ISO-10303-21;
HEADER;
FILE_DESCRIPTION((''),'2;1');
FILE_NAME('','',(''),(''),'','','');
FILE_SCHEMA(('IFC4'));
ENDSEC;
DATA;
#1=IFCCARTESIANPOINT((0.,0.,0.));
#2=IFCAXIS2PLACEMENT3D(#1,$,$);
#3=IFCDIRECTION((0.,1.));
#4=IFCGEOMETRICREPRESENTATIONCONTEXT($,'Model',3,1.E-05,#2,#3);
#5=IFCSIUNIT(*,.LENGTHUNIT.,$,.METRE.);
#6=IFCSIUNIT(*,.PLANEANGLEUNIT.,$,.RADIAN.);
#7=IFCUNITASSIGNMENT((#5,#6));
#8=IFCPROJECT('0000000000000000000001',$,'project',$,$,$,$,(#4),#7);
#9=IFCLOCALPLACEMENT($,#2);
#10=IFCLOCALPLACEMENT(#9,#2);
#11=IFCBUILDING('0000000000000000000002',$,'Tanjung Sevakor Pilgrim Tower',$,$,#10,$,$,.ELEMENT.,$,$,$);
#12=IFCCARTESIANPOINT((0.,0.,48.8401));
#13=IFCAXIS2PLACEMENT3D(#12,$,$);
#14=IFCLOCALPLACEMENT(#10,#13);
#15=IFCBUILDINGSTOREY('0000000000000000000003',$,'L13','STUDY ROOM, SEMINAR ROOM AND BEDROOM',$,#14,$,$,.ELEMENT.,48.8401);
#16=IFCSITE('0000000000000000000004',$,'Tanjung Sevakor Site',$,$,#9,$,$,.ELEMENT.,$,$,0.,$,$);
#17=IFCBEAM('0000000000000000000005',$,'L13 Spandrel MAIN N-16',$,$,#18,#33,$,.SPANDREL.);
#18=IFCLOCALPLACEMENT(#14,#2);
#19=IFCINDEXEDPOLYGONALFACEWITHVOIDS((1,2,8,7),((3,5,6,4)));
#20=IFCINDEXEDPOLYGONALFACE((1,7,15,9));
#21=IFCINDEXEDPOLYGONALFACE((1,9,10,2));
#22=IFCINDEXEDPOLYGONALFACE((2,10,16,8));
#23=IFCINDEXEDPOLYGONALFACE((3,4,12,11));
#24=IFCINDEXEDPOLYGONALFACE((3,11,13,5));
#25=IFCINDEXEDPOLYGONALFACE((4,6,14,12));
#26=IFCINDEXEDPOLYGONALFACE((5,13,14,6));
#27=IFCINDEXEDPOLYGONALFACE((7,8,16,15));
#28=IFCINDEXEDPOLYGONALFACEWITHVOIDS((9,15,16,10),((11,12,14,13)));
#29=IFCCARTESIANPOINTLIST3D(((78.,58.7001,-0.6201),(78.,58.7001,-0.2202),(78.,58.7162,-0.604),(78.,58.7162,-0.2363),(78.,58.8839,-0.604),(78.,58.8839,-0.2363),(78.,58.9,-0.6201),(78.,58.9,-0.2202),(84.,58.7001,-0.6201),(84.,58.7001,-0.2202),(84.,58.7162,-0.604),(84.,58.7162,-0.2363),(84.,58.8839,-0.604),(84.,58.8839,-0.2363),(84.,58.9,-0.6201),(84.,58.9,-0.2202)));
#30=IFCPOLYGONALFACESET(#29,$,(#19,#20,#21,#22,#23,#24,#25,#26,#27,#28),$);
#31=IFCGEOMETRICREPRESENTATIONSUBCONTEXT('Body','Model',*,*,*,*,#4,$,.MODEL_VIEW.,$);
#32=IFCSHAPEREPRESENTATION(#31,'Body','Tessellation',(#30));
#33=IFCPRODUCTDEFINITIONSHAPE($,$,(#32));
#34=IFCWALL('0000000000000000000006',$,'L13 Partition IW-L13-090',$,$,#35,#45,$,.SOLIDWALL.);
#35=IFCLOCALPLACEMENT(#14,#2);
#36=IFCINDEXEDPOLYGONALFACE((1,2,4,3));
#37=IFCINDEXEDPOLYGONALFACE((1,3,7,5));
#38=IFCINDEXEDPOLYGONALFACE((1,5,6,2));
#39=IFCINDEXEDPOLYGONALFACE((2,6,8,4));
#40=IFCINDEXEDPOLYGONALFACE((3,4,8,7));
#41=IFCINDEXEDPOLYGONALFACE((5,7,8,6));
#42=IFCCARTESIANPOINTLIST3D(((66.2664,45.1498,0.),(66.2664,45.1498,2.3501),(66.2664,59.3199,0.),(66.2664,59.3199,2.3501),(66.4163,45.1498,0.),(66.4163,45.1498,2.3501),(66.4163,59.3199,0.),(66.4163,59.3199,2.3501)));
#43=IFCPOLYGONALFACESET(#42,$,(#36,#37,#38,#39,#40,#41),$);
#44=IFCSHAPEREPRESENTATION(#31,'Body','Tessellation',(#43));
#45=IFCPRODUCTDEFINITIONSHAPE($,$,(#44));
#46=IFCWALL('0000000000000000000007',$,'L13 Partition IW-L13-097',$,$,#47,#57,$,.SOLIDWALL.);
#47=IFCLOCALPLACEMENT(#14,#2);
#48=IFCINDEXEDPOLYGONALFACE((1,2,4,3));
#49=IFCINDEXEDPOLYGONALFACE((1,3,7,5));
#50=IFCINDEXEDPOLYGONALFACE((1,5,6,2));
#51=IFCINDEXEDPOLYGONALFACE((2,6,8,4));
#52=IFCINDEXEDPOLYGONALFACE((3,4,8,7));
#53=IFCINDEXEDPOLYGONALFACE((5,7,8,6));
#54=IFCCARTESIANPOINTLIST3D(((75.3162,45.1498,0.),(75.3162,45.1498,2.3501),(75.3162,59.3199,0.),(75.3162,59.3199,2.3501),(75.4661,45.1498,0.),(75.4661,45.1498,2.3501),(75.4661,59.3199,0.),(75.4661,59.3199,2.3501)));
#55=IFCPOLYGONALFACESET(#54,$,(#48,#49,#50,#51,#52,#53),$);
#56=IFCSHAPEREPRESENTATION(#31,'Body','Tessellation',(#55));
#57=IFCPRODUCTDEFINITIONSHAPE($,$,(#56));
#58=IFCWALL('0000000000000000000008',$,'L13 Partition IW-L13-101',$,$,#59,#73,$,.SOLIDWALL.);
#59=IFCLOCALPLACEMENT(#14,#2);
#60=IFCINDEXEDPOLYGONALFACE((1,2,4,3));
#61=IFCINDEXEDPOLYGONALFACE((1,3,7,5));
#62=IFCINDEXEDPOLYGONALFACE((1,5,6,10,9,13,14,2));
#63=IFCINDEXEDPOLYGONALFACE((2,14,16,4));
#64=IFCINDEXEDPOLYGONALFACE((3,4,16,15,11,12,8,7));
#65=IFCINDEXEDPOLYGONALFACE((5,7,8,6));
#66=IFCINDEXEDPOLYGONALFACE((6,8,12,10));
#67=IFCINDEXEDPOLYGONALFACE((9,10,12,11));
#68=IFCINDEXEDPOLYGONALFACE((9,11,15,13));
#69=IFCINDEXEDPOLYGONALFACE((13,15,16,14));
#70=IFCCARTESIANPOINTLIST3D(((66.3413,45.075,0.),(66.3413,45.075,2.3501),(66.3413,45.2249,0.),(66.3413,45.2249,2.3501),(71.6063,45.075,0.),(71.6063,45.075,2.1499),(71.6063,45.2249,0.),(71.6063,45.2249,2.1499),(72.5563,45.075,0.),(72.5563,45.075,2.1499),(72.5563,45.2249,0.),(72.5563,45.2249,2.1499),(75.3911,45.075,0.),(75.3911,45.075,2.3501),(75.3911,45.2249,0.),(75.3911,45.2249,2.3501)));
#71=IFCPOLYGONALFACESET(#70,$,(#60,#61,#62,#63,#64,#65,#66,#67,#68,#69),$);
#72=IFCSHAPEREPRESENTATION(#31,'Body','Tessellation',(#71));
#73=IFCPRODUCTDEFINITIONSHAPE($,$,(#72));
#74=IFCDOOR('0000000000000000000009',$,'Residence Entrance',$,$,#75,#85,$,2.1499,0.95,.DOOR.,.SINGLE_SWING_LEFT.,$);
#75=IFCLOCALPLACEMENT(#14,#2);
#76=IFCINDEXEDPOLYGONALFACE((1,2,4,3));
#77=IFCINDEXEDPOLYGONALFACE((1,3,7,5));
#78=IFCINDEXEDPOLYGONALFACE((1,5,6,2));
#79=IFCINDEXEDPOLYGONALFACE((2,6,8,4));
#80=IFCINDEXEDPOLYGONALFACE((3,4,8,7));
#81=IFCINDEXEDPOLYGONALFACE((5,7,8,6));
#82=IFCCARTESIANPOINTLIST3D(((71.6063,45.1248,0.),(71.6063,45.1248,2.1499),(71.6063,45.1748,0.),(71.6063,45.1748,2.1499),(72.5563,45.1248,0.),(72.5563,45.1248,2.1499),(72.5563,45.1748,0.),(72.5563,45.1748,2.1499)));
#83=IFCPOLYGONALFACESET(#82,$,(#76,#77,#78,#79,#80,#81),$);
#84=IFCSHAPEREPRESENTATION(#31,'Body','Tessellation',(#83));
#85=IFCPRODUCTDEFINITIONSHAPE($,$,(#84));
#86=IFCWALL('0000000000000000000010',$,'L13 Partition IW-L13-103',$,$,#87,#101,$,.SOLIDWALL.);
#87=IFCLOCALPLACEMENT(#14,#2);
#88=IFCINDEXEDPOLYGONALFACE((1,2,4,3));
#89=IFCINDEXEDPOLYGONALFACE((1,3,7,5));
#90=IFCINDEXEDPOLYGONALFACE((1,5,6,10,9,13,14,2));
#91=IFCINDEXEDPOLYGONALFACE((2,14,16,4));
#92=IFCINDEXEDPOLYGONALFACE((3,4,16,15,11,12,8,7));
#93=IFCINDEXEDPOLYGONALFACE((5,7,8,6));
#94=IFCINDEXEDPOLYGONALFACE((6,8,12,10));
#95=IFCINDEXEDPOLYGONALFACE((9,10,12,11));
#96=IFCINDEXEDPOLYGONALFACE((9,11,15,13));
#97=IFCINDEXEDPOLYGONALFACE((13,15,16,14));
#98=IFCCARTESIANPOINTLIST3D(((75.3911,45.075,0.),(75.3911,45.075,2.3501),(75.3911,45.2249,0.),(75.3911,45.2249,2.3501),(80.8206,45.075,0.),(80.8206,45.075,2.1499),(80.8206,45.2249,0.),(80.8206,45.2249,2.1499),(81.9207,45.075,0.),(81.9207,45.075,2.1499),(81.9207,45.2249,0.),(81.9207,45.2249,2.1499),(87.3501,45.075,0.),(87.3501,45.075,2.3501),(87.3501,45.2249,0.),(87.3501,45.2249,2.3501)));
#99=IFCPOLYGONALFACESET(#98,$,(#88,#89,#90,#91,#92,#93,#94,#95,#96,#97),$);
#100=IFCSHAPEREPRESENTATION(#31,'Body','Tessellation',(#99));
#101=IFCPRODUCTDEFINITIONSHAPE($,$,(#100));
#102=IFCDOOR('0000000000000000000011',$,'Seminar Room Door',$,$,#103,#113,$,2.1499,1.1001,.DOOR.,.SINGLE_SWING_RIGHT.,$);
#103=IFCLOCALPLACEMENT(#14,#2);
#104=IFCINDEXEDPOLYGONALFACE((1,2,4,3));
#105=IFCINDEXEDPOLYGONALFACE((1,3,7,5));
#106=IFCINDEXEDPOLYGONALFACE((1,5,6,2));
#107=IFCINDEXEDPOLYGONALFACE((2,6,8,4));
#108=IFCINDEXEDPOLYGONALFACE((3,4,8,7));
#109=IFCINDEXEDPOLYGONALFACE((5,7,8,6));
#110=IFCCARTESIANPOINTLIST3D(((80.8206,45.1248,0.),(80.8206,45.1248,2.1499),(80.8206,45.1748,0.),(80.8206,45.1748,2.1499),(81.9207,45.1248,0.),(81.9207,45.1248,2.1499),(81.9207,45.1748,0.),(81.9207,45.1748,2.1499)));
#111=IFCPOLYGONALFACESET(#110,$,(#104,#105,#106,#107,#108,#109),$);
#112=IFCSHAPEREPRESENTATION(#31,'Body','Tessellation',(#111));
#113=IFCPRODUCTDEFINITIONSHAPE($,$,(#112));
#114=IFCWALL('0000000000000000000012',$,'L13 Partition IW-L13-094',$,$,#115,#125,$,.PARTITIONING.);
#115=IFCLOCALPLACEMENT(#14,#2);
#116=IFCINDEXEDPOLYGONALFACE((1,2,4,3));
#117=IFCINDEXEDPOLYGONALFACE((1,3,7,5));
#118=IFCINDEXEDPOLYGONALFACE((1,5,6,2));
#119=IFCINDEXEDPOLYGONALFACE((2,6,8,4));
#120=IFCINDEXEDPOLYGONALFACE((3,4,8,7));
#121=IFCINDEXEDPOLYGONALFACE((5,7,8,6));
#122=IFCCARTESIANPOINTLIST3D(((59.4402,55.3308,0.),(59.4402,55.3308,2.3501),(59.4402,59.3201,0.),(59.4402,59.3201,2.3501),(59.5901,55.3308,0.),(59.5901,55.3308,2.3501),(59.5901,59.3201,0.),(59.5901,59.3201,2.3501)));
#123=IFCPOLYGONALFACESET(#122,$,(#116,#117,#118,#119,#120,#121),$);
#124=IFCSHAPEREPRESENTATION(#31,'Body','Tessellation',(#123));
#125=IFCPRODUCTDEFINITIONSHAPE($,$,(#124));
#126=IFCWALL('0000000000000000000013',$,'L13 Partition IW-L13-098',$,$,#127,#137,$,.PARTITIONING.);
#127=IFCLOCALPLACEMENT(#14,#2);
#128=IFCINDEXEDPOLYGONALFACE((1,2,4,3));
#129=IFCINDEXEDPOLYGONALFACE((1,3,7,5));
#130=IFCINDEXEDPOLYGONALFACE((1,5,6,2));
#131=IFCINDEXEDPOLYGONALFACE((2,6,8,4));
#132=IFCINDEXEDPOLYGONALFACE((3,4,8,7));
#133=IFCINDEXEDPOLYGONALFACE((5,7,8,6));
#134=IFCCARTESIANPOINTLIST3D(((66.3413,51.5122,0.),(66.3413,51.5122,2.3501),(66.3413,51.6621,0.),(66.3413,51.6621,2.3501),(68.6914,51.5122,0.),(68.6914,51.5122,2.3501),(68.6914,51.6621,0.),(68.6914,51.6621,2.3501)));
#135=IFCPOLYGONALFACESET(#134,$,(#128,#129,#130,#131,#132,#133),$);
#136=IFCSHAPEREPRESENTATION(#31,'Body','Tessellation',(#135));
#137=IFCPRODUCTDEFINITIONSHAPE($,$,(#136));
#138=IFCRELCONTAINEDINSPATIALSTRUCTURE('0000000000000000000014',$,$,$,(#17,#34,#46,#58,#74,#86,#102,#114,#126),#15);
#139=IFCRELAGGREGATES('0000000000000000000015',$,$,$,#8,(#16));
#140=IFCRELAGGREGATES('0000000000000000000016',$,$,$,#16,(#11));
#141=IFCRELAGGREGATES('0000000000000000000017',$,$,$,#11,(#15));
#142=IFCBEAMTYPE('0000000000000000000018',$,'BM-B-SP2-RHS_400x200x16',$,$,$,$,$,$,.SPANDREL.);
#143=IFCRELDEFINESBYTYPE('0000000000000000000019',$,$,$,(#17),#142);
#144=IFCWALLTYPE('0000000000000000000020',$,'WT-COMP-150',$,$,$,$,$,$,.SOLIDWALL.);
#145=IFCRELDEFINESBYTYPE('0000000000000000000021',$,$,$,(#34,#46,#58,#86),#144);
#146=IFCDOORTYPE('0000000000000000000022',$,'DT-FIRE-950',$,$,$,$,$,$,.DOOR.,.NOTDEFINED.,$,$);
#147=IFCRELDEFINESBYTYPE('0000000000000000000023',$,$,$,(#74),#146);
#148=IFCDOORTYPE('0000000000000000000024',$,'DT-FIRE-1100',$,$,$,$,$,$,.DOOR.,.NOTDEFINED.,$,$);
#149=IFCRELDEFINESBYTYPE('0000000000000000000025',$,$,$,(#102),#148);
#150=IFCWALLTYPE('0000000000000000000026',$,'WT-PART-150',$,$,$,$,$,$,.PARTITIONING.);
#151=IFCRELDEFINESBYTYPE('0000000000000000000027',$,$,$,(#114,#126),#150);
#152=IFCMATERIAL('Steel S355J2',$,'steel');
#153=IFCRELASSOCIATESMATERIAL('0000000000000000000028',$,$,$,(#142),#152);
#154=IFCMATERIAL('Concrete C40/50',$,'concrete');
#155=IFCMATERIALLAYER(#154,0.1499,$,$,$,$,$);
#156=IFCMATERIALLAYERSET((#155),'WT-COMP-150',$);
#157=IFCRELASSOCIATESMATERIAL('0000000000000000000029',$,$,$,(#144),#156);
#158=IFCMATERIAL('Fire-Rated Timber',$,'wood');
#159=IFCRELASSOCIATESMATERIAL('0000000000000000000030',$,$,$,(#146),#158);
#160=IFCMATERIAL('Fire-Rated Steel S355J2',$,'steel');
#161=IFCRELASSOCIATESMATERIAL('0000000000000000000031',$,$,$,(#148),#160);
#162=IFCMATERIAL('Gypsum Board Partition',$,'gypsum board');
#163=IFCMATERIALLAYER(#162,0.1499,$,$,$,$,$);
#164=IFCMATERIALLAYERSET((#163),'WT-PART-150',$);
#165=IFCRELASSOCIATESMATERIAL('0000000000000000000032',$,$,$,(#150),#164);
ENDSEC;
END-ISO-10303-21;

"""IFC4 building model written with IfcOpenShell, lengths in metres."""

from ifc_helpers import new_model, si_unit, direction, frame, frame_2d, origin, origin_2d, place, context, subcontext, project, spatial, rectangle, hollow_rectangle, extrude, material, layer, layer_set, material_profile, profile_set, type_object, element, fill, save


model = new_model("IFC4")

# Units and contexts
model_context = context("Model", 3, precision=1e-05, world=origin(), true_north=direction((0.0, 1.0)))
body_context = subcontext(model_context, "Body", "Model", "MODEL_VIEW")
ifc_project = project(units=[si_unit("LENGTHUNIT", "METRE"), si_unit("PLANEANGLEUNIT", "RADIAN")], contexts=[model_context])

# Site, building, storey
site_placement = place(None, origin())
site = spatial("IfcSite", under=ifc_project, at=site_placement, Name="Tanjung Sevakor Site", CompositionType="ELEMENT", RefElevation=0.0)
building_placement = place(site_placement, origin())
building = spatial("IfcBuilding", under=site, at=building_placement, Name="Tanjung Sevakor Pilgrim Tower", CompositionType="ELEMENT")
storey_placement = place(building_placement, frame((0.0, 0.0, 48.8401)))
storey = spatial("IfcBuildingStorey", under=building, at=storey_placement, Name="L13", Description="STUDY ROOM, SEMINAR ROOM AND BEDROOM", CompositionType="ELEMENT", Elevation=48.8401)

# Beam
ifc_material_1 = material(Name="Steel S355J2", Category="steel")
ifc_material_profile_1 = material_profile(ifc_material_1, hollow_rectangle(XDim=0.2, YDim=0.3999, WallThickness=0.0161, at=origin_2d()))
ifc_profile_set_1 = profile_set([ifc_material_profile_1], Name="Steel S355J2")
beam_type_1 = type_object("IfcBeamType", Name="BM-B-SP2-RHS_400x200x16", PredefinedType="SPANDREL", material=ifc_profile_set_1)
for number, where, z_axis, x_axis, name in (
    (1, (78.0, 58.8, -0.4202), (1.0, 0.0, 0.0), (0.0, 1.0, 0.0), "L13 Spandrel MAIN N-16"),
):
    element("IfcBeam", number, at=place(storey_placement, frame(where, z_axis=z_axis, x_axis=x_axis)), inside=storey, type_object=beam_type_1, Name=name, PredefinedType="SPANDREL", context=body_context, shape_type="SweptSolid", body=[
        extrude(hollow_rectangle(XDim=0.2, YDim=0.3999, WallThickness=0.0161, at=origin_2d()), origin(), (0.0, 0.0, 1.0), 6.0),
    ])

# Walls
ifc_material_2 = material(Name="Concrete C40/50", Category="concrete")
ifc_layer_1 = layer(ifc_material_2, 0.1499)
ifc_layer_set_1 = layer_set([ifc_layer_1], Name="WT-COMP-150")
wall_type_1 = type_object("IfcWallType", Name="WT-COMP-150", PredefinedType="SOLIDWALL", material=ifc_layer_set_1)
for number, where, z_axis, x_axis, name in (
    (2, (66.3413, 45.1499, 0.0), (0.0, 0.0, 1.0), (0.0, 1.0, 0.0), "L13 Partition IW-L13-090"),
    (3, (75.3911, 45.1499, 0.0), (0.0, 0.0, 1.0), (0.0, 1.0, 0.0), "L13 Partition IW-L13-097"),
):
    element("IfcWall", number, at=place(storey_placement, frame(where, z_axis=z_axis, x_axis=x_axis)), inside=storey, type_object=wall_type_1, Name=name, PredefinedType="SOLIDWALL", context=body_context, shape_type="SweptSolid", body=[
        extrude(rectangle(XDim=14.1702, YDim=0.1499, at=frame_2d((7.085, 0.0))), origin(), (0.0, 0.0, 1.0), 2.3501),
    ])

# Walls, openings, doors
wall_1_placement = place(storey_placement, frame((66.3413, 45.1499, 0.0), z_axis=(0.0, 0.0, 1.0), x_axis=(1.0, 0.0, 0.0)))
wall_1 = element("IfcWall", 4, at=wall_1_placement, inside=storey, type_object=wall_type_1, Name="L13 Partition IW-L13-101", PredefinedType="SOLIDWALL", context=body_context, shape_type="SweptSolid", body=[
    extrude(rectangle(XDim=9.0498, YDim=0.1499, at=frame_2d((4.5249, 0.0))), origin(), (0.0, 0.0, 1.0), 2.3501),
])
opening_1_placement = place(wall_1_placement, frame((5.2649, 0.0, 0.0)))
opening_1 = element("IfcOpeningElement", 5, at=opening_1_placement, cuts=wall_1, PredefinedType="OPENING", context=body_context, shape_type="SweptSolid", body=[
    extrude(rectangle(XDim=0.95, YDim=2.1499, at=frame_2d((0.4751, 1.075))), frame((0.0, 0.085, 0.0), z_axis=(0.0, -1.0, 0.0), x_axis=(1.0, 0.0, 0.0)), (0.0, 0.0, 1.0), 0.1699),
])
ifc_material_3 = material(Name="Fire-Rated Timber", Category="wood")
door_type_1 = type_object("IfcDoorType", Name="DT-FIRE-950", OperationType="NOTDEFINED", PredefinedType="DOOR", material=ifc_material_3)
door_1_placement = place(opening_1_placement, origin())
door_1 = element("IfcDoor", 6, at=door_1_placement, inside=storey, type_object=door_type_1, Name="Residence Entrance", OperationType="SINGLE_SWING_LEFT", OverallHeight=2.1499, OverallWidth=0.95, PredefinedType="DOOR", context=body_context, shape_type="SweptSolid", body=[
    extrude(rectangle(XDim=0.95, YDim=2.1499, at=frame_2d((0.4751, 1.075))), frame((0.0, 0.0249, 0.0), z_axis=(0.0, -1.0, 0.0), x_axis=(1.0, 0.0, 0.0)), (0.0, 0.0, 1.0), 0.05),
])
fill(opening_1, door_1)
wall_2_placement = place(storey_placement, frame((75.3911, 45.1499, 0.0), z_axis=(0.0, 0.0, 1.0), x_axis=(1.0, 0.0, 0.0)))
wall_2 = element("IfcWall", 7, at=wall_2_placement, inside=storey, type_object=wall_type_1, Name="L13 Partition IW-L13-103", PredefinedType="SOLIDWALL", context=body_context, shape_type="SweptSolid", body=[
    extrude(rectangle(XDim=11.959, YDim=0.1499, at=frame_2d((5.9795, 0.0))), origin(), (0.0, 0.0, 1.0), 2.3501),
])
opening_2_placement = place(wall_2_placement, frame((5.4294, 0.0, 0.0)))
opening_2 = element("IfcOpeningElement", 8, at=opening_2_placement, cuts=wall_2, PredefinedType="OPENING", context=body_context, shape_type="SweptSolid", body=[
    extrude(rectangle(XDim=1.1001, YDim=2.1499, at=frame_2d((0.55, 1.075))), frame((0.0, 0.085, 0.0), z_axis=(0.0, -1.0, 0.0), x_axis=(1.0, 0.0, 0.0)), (0.0, 0.0, 1.0), 0.1699),
])
ifc_material_4 = material(Name="Fire-Rated Steel S355J2", Category="steel")
door_type_2 = type_object("IfcDoorType", Name="DT-FIRE-1100", OperationType="NOTDEFINED", PredefinedType="DOOR", material=ifc_material_4)
door_2_placement = place(opening_2_placement, origin())
door_2 = element("IfcDoor", 9, at=door_2_placement, inside=storey, type_object=door_type_2, Name="Seminar Room Door", OperationType="SINGLE_SWING_RIGHT", OverallHeight=2.1499, OverallWidth=1.1001, PredefinedType="DOOR", context=body_context, shape_type="SweptSolid", body=[
    extrude(rectangle(XDim=1.1001, YDim=2.1499, at=frame_2d((0.55, 1.075))), frame((0.0, 0.0249, 0.0), z_axis=(0.0, -1.0, 0.0), x_axis=(1.0, 0.0, 0.0)), (0.0, 0.0, 1.0), 0.05),
])
fill(opening_2, door_2)

# Walls
ifc_material_5 = material(Name="Gypsum Board Partition", Category="gypsum board")
ifc_layer_2 = layer(ifc_material_5, 0.1499)
ifc_layer_set_2 = layer_set([ifc_layer_2], Name="WT-PART-150")
wall_type_2 = type_object("IfcWallType", Name="WT-PART-150", PredefinedType="PARTITIONING", material=ifc_layer_set_2)
wall_3_placement = place(storey_placement, frame((59.5151, 55.3308, 0.0), z_axis=(0.0, 0.0, 1.0), x_axis=(0.0, 1.0, 0.0)))
element("IfcWall", 10, at=wall_3_placement, inside=storey, type_object=wall_type_2, Name="L13 Partition IW-L13-094", PredefinedType="PARTITIONING", context=body_context, shape_type="SweptSolid", body=[
    extrude(rectangle(XDim=3.9893, YDim=0.1499, at=frame_2d((1.9946, 0.0))), origin(), (0.0, 0.0, 1.0), 2.3501),
])
wall_4_placement = place(storey_placement, frame((66.3413, 51.5872, 0.0), z_axis=(0.0, 0.0, 1.0), x_axis=(1.0, 0.0, 0.0)))
element("IfcWall", 11, at=wall_4_placement, inside=storey, type_object=wall_type_2, Name="L13 Partition IW-L13-098", PredefinedType="PARTITIONING", context=body_context, shape_type="SweptSolid", body=[
    extrude(rectangle(XDim=2.3501, YDim=0.1499, at=frame_2d((1.175, 0.0))), origin(), (0.0, 0.0, 1.0), 2.3501),
])

save(model, "model.ifc")
